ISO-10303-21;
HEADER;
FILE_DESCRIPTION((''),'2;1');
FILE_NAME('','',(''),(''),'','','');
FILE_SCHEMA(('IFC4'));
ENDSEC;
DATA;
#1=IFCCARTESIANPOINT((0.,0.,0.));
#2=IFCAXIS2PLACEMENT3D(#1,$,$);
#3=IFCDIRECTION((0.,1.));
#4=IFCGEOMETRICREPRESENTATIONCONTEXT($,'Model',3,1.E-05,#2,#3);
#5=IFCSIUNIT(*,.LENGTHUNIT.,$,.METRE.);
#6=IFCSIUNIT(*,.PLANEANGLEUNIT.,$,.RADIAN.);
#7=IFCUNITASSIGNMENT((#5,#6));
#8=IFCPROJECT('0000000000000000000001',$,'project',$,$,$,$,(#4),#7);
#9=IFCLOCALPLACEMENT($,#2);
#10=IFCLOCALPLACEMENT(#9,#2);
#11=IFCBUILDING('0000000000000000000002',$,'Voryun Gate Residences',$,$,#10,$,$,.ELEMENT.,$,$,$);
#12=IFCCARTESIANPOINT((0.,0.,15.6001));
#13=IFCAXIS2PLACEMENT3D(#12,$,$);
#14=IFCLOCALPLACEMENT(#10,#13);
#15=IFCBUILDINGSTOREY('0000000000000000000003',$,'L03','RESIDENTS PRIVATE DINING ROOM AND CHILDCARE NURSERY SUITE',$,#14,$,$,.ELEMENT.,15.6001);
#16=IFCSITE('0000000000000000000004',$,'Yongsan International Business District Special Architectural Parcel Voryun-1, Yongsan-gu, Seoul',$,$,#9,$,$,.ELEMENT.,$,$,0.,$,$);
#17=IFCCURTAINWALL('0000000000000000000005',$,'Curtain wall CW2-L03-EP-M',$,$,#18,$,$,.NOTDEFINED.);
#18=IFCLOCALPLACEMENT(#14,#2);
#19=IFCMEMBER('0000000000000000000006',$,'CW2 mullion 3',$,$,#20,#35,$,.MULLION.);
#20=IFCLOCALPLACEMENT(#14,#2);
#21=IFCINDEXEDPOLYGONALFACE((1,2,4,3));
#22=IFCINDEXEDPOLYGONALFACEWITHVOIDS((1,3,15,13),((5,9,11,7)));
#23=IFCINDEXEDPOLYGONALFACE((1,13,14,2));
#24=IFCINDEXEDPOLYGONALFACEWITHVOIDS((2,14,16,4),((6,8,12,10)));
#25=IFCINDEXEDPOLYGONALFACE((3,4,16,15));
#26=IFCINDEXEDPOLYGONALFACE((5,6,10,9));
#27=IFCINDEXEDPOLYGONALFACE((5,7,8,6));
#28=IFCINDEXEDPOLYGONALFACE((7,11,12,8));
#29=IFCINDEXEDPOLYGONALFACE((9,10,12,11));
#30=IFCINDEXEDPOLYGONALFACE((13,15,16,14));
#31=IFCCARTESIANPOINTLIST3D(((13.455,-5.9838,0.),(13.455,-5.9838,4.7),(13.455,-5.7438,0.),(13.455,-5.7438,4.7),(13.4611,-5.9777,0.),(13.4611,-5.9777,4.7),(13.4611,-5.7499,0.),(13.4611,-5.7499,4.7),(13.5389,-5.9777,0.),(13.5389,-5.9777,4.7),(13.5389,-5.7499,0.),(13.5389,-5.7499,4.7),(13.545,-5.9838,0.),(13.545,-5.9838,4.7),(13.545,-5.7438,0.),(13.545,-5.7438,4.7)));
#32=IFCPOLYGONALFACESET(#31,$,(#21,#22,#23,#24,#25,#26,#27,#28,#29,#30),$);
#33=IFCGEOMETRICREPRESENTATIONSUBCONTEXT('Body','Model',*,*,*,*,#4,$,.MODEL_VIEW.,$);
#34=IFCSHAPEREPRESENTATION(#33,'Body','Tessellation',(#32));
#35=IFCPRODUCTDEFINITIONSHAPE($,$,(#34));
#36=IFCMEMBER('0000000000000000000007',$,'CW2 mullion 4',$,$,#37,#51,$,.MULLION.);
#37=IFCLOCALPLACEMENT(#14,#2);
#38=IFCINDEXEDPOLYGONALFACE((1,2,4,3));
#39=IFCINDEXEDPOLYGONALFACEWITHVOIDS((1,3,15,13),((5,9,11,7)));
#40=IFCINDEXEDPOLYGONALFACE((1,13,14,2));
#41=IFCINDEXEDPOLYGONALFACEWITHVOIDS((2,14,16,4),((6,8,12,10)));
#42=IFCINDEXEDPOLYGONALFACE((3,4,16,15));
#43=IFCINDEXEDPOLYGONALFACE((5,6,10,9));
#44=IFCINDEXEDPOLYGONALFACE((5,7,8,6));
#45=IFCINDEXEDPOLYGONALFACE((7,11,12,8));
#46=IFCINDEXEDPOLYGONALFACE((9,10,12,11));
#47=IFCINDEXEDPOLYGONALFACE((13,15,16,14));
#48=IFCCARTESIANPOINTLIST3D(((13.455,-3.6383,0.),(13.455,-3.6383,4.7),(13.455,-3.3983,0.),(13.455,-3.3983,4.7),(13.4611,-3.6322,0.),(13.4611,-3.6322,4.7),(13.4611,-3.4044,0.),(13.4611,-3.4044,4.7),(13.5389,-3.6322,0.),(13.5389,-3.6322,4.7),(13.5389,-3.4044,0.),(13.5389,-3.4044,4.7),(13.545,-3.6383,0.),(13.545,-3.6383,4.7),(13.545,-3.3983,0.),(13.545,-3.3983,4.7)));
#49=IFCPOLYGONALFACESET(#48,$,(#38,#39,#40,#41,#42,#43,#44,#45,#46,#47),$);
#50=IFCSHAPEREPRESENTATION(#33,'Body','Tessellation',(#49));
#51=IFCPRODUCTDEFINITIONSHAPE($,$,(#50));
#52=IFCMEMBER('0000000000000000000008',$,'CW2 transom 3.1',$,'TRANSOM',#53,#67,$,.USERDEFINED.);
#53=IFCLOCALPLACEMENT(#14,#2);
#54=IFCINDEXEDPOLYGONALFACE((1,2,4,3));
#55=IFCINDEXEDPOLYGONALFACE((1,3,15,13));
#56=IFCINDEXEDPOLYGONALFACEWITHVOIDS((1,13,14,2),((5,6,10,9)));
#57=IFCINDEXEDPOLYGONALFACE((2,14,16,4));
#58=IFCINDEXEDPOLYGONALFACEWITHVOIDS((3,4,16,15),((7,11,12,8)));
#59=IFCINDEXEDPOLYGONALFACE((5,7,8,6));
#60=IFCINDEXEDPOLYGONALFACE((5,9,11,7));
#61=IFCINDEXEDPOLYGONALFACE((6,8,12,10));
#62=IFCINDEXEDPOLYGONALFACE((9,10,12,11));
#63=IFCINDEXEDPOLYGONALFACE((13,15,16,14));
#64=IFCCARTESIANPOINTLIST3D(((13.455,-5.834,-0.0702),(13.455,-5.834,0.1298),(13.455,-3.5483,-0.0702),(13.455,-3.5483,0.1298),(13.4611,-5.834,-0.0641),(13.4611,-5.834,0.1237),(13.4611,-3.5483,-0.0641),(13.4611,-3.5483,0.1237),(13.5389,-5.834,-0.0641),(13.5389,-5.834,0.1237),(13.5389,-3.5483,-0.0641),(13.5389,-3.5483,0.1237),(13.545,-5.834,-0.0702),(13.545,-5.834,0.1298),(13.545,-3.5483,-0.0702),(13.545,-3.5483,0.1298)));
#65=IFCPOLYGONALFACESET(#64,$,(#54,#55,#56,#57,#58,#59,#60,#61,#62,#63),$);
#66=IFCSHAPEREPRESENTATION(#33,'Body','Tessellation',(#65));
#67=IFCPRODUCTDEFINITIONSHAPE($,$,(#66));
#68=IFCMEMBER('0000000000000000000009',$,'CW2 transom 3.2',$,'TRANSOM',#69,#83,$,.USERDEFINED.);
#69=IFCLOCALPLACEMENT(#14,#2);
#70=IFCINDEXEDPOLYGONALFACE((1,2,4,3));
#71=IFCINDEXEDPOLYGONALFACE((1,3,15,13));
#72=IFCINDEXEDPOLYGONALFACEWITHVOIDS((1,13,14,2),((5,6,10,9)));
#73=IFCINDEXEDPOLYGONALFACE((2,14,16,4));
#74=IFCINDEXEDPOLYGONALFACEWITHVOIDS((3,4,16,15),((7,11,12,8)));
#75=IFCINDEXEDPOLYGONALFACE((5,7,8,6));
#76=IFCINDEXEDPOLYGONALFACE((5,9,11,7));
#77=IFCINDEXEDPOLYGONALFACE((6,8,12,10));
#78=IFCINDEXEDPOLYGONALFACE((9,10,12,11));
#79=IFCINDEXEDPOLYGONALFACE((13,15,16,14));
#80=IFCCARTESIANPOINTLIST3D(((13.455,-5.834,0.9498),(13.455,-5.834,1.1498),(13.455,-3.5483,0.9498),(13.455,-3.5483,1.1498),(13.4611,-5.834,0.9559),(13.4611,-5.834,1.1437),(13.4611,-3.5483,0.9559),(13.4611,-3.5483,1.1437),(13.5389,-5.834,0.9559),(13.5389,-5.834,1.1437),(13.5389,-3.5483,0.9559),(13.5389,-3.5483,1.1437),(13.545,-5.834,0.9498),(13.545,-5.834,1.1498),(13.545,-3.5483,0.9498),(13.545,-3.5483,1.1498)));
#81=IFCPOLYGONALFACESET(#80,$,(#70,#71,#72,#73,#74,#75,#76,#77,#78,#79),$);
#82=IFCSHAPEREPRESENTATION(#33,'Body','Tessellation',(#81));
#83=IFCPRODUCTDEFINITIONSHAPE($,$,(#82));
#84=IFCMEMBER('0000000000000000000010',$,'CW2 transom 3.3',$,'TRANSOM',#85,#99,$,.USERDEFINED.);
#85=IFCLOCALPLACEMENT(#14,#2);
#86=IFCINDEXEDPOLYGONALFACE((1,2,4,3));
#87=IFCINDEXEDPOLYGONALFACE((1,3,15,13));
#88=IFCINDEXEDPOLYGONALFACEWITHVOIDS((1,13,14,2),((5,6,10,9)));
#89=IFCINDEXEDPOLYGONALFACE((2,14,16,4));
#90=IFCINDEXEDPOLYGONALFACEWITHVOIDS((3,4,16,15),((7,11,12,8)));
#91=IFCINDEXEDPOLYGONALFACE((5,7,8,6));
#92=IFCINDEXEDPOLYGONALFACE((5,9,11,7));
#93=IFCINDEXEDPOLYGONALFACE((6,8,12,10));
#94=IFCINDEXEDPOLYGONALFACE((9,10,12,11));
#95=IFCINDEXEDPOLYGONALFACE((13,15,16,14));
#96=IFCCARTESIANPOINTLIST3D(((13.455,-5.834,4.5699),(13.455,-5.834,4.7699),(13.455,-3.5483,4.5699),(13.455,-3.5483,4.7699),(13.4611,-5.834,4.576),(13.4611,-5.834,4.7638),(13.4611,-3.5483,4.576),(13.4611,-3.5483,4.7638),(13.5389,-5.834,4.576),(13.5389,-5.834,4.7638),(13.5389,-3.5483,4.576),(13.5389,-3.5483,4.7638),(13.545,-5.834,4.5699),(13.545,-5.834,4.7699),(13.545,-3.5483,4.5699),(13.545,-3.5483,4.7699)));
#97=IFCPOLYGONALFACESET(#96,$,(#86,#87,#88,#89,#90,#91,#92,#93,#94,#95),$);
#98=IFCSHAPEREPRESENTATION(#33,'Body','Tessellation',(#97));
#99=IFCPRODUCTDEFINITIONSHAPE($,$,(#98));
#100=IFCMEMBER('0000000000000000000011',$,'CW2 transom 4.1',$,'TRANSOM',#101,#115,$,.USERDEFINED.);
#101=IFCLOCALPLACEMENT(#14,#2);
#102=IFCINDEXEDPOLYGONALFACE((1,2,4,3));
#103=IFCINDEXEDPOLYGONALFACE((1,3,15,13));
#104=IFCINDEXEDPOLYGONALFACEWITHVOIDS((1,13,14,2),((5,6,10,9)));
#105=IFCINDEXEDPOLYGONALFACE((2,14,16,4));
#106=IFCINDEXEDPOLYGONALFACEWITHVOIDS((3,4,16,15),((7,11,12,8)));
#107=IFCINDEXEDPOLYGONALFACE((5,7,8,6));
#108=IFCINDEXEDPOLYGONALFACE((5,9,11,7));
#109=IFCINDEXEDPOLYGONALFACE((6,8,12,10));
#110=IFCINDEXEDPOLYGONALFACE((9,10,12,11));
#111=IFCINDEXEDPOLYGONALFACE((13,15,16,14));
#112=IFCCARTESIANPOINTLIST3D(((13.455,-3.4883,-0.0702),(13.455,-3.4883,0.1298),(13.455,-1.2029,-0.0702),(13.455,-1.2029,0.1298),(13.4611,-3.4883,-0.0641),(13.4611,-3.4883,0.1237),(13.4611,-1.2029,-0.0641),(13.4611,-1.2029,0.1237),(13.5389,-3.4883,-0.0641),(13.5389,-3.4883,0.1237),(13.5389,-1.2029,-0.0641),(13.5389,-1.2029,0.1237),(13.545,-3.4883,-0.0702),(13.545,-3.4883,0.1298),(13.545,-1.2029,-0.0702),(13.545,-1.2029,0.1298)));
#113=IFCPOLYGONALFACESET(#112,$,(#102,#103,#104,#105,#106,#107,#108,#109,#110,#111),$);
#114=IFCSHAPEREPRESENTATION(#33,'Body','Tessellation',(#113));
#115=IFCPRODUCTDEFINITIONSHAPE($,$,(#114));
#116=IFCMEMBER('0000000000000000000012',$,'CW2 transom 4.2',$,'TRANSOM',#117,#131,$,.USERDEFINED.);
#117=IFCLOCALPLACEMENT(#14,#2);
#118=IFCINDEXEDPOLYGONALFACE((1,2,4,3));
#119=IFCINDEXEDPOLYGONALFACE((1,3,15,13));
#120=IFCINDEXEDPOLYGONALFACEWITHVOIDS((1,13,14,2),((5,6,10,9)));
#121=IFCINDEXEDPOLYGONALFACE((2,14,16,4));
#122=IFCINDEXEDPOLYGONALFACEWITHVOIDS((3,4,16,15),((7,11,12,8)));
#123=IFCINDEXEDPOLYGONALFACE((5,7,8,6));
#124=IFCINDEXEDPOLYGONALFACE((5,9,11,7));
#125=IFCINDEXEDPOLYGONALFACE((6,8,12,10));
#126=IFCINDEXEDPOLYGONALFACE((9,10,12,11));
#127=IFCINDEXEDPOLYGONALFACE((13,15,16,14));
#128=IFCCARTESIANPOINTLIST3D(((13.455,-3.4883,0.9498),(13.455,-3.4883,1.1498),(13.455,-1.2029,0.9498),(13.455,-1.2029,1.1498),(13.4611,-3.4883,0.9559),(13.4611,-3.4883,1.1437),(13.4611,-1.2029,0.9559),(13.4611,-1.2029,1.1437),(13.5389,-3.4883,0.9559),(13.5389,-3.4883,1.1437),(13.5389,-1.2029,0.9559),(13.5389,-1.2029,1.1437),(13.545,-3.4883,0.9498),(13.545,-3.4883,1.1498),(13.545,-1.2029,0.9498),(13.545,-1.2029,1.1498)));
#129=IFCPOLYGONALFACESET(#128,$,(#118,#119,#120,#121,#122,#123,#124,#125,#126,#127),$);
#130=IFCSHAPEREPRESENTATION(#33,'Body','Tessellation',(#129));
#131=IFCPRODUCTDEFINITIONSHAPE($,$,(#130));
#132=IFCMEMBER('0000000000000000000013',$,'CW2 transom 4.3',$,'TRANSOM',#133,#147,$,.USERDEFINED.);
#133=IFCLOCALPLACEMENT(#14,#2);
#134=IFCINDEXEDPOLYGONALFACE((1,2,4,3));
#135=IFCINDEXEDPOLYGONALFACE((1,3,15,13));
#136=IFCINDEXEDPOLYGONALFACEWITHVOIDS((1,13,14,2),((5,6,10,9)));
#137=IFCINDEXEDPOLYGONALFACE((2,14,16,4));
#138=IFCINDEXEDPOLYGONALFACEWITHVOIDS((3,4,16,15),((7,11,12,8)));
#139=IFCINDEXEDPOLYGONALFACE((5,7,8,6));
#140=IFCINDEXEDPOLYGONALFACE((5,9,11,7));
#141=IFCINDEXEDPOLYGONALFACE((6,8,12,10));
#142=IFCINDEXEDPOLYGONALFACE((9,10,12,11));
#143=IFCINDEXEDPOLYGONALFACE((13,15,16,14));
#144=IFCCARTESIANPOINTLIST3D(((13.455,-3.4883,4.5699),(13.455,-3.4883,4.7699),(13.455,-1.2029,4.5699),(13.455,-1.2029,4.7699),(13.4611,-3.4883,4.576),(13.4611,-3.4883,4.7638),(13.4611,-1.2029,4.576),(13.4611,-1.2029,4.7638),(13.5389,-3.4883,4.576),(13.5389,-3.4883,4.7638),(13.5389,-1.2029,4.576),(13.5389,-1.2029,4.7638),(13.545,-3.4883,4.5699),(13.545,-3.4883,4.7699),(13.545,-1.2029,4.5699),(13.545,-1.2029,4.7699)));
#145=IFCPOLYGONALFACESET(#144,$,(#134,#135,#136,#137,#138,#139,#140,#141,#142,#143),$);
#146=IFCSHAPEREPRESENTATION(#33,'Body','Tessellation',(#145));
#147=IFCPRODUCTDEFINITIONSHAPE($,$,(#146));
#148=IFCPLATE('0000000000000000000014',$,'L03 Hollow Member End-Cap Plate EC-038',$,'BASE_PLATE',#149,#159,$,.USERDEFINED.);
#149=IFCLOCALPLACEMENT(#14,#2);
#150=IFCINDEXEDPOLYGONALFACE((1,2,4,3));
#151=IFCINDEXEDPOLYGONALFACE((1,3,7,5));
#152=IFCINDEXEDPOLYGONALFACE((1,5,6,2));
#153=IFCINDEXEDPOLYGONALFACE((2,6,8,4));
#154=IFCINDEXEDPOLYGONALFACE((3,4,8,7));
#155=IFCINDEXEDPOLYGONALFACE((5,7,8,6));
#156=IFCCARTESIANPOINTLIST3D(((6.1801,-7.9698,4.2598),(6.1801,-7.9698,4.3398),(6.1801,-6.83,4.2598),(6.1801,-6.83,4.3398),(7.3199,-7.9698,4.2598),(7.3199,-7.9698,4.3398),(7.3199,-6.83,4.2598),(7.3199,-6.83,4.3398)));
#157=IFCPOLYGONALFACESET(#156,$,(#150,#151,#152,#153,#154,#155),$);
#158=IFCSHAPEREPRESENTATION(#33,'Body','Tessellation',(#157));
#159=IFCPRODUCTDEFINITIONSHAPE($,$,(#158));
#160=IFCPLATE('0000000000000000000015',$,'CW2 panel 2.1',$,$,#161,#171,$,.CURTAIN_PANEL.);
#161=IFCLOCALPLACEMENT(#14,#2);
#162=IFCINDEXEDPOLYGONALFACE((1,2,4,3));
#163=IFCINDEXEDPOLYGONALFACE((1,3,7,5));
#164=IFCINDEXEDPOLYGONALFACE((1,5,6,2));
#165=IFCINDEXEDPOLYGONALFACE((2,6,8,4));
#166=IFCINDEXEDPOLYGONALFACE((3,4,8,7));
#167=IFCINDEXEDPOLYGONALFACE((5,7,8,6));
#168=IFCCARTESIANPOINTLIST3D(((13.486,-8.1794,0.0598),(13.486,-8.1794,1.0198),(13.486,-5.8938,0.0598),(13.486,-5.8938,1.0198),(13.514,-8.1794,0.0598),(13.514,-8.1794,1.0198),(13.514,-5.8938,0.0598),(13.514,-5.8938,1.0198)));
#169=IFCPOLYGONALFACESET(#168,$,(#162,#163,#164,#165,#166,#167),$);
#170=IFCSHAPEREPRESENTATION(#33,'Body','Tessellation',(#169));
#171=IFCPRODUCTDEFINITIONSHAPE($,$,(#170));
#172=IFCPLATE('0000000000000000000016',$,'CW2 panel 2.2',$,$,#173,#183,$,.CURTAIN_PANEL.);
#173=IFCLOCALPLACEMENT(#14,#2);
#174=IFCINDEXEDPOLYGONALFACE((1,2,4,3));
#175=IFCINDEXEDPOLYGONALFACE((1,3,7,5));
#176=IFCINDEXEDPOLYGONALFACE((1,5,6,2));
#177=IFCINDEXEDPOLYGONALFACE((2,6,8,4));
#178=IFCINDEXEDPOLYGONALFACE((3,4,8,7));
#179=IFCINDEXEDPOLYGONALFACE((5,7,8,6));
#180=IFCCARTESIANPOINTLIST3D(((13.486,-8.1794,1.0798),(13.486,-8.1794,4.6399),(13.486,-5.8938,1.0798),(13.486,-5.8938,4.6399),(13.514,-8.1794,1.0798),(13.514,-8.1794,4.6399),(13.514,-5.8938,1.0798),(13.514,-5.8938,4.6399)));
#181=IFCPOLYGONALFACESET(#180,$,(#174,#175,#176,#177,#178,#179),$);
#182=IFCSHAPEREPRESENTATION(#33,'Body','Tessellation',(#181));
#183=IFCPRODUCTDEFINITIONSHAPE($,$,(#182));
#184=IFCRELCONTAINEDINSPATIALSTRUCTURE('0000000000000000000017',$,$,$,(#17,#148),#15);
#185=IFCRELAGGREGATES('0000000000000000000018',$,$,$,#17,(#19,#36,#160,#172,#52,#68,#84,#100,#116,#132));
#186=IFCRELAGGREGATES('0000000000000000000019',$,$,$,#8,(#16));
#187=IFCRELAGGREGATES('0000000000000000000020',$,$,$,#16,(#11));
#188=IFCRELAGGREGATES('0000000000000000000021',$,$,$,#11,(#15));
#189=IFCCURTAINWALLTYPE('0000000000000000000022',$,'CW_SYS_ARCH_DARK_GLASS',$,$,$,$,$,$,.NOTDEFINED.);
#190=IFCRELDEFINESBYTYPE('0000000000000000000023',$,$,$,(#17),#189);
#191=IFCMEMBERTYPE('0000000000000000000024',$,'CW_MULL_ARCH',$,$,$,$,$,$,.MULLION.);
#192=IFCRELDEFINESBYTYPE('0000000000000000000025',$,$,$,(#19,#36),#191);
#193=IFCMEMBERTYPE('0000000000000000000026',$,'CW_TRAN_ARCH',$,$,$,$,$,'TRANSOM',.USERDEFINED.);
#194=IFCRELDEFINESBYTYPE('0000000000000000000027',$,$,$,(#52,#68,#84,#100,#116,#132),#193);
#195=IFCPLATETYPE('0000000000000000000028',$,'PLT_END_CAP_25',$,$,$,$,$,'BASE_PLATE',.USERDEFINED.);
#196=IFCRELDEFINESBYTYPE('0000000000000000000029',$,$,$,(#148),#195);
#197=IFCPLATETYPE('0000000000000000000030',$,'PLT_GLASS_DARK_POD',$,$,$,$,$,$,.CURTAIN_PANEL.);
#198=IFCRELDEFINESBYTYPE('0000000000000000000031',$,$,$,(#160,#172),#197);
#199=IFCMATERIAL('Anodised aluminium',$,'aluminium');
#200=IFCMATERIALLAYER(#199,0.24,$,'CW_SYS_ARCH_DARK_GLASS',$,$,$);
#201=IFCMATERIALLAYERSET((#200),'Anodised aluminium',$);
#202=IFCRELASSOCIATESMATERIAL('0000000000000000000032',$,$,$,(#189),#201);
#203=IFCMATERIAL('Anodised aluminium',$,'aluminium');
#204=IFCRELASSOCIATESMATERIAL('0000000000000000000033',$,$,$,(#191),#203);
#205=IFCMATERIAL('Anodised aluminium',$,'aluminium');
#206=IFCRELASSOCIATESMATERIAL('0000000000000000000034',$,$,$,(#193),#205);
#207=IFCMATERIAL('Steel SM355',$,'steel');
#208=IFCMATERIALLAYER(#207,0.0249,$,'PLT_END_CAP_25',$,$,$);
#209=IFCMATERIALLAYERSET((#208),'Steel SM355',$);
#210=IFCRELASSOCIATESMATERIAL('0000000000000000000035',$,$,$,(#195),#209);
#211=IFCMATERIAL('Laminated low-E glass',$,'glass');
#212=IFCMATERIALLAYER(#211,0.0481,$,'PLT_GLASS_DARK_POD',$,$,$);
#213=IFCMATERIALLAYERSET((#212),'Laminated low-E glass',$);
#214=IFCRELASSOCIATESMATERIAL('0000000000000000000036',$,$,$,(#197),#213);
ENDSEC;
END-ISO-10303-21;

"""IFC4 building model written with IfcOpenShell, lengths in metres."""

from ifc_helpers import new_model, si_unit, direction, frame, origin, origin_2d, place, context, subcontext, project, spatial, rectangle, hollow_rectangle, extrude, material, layer, layer_set, material_profile, profile_set, type_object, element, aggregate, save


model = new_model("IFC4")

# Units and contexts
model_context = context("Model", 3, precision=1e-05, world=origin(), true_north=direction((0.0, 1.0)))
body_context = subcontext(model_context, "Body", "Model", "MODEL_VIEW")
ifc_project = project(units=[si_unit("LENGTHUNIT", "METRE"), si_unit("PLANEANGLEUNIT", "RADIAN")], contexts=[model_context])

# Site, building, storey
site_placement = place(None, origin())
site = spatial("IfcSite", under=ifc_project, at=site_placement, Name="Yongsan International Business District Special Architectural Parcel Voryun-1, Yongsan-gu, Seoul", CompositionType="ELEMENT", RefElevation=0.0)
building_placement = place(site_placement, origin())
building = spatial("IfcBuilding", under=site, at=building_placement, Name="Voryun Gate Residences", CompositionType="ELEMENT")
storey_placement = place(building_placement, frame((0.0, 0.0, 15.6001)))
storey = spatial("IfcBuildingStorey", under=building, at=storey_placement, Name="L03", Description="RESIDENTS PRIVATE DINING ROOM AND CHILDCARE NURSERY SUITE", CompositionType="ELEMENT", Elevation=15.6001)

# Curtain wall, members
ifc_material_1 = material(Name="Anodised aluminium", Category="aluminium")
ifc_layer_1 = layer(ifc_material_1, 0.24, Name="CW_SYS_ARCH_DARK_GLASS")
ifc_layer_set_1 = layer_set([ifc_layer_1], Name="Anodised aluminium")
curtain_wall_type = type_object("IfcCurtainWallType", Name="CW_SYS_ARCH_DARK_GLASS", PredefinedType="NOTDEFINED", material=ifc_layer_set_1)
curtain_wall_placement = place(storey_placement, origin())
curtain_wall = element("IfcCurtainWall", 1, at=curtain_wall_placement, inside=storey, type_object=curtain_wall_type, Name="Curtain wall CW2-L03-EP-M", PredefinedType="NOTDEFINED")
ifc_material_2 = material(Name="Anodised aluminium", Category="aluminium")
ifc_material_profile_1 = material_profile(ifc_material_2, hollow_rectangle(XDim=0.0901, YDim=0.24, WallThickness=0.0061, at=origin_2d()), Name="ALU-MULL-240x90x6")
ifc_profile_set_1 = profile_set([ifc_material_profile_1], Name="Anodised aluminium")
member_type_1 = type_object("IfcMemberType", Name="CW_MULL_ARCH", PredefinedType="MULLION", material=ifc_profile_set_1)
member_1_placement = place(storey_placement, frame((13.5, -5.8638, 0.0), z_axis=(0.0, 0.0, 1.0), x_axis=(-1.0, 0.0, 0.0)))
member_1 = element("IfcMember", 2, at=member_1_placement, type_object=member_type_1, Name="CW2 mullion 3", PredefinedType="MULLION", context=body_context, shape_type="SweptSolid", body=[
    extrude(hollow_rectangle(XDim=0.0901, YDim=0.24, WallThickness=0.0061, at=origin_2d()), origin(), (0.0, 0.0, 1.0), 4.7),
])
member_2_placement = place(storey_placement, frame((13.5, -3.5183, 0.0), z_axis=(0.0, 0.0, 1.0), x_axis=(-1.0, 0.0, 0.0)))
member_2 = element("IfcMember", 3, at=member_2_placement, type_object=member_type_1, Name="CW2 mullion 4", PredefinedType="MULLION", context=body_context, shape_type="SweptSolid", body=[
    extrude(hollow_rectangle(XDim=0.0901, YDim=0.24, WallThickness=0.0061, at=origin_2d()), origin(), (0.0, 0.0, 1.0), 4.7),
])
ifc_material_3 = material(Name="Anodised aluminium", Category="aluminium")
ifc_material_profile_2 = material_profile(ifc_material_3, hollow_rectangle(XDim=0.0901, YDim=0.2, WallThickness=0.0061, at=origin_2d()), Name="ALU-TRAN-200x90x6")
ifc_profile_set_2 = profile_set([ifc_material_profile_2], Name="Anodised aluminium")
member_type_2 = type_object("IfcMemberType", Name="CW_TRAN_ARCH", ElementType="TRANSOM", PredefinedType="USERDEFINED", material=ifc_profile_set_2)
member_3_placement = place(storey_placement, frame((13.5, -5.834, 0.0298), z_axis=(0.0, 1.0, 0.0), x_axis=(-1.0, 0.0, 0.0)))
member_3 = element("IfcMember", 4, at=member_3_placement, type_object=member_type_2, Name="CW2 transom 3.1", ObjectType="TRANSOM", PredefinedType="USERDEFINED", context=body_context, shape_type="SweptSolid", body=[
    extrude(hollow_rectangle(XDim=0.0901, YDim=0.2, WallThickness=0.0061, at=origin_2d()), origin(), (0.0, 0.0, 1.0), 2.2856),
])
member_4_placement = place(storey_placement, frame((13.5, -5.834, 1.0498), z_axis=(0.0, 1.0, 0.0), x_axis=(-1.0, 0.0, 0.0)))
member_4 = element("IfcMember", 5, at=member_4_placement, type_object=member_type_2, Name="CW2 transom 3.2", ObjectType="TRANSOM", PredefinedType="USERDEFINED", context=body_context, shape_type="SweptSolid", body=[
    extrude(hollow_rectangle(XDim=0.0901, YDim=0.2, WallThickness=0.0061, at=origin_2d()), origin(), (0.0, 0.0, 1.0), 2.2856),
])
member_5_placement = place(storey_placement, frame((13.5, -5.834, 4.6699), z_axis=(0.0, 1.0, 0.0), x_axis=(-1.0, 0.0, 0.0)))
member_5 = element("IfcMember", 6, at=member_5_placement, type_object=member_type_2, Name="CW2 transom 3.3", ObjectType="TRANSOM", PredefinedType="USERDEFINED", context=body_context, shape_type="SweptSolid", body=[
    extrude(hollow_rectangle(XDim=0.0901, YDim=0.2, WallThickness=0.0061, at=origin_2d()), origin(), (0.0, 0.0, 1.0), 2.2856),
])
member_6_placement = place(storey_placement, frame((13.5, -3.4883, 0.0298), z_axis=(0.0, 1.0, 0.0), x_axis=(-1.0, 0.0, 0.0)))
member_6 = element("IfcMember", 7, at=member_6_placement, type_object=member_type_2, Name="CW2 transom 4.1", ObjectType="TRANSOM", PredefinedType="USERDEFINED", context=body_context, shape_type="SweptSolid", body=[
    extrude(hollow_rectangle(XDim=0.0901, YDim=0.2, WallThickness=0.0061, at=origin_2d()), origin(), (0.0, 0.0, 1.0), 2.2854),
])
member_7_placement = place(storey_placement, frame((13.5, -3.4883, 1.0498), z_axis=(0.0, 1.0, 0.0), x_axis=(-1.0, 0.0, 0.0)))
member_7 = element("IfcMember", 8, at=member_7_placement, type_object=member_type_2, Name="CW2 transom 4.2", ObjectType="TRANSOM", PredefinedType="USERDEFINED", context=body_context, shape_type="SweptSolid", body=[
    extrude(hollow_rectangle(XDim=0.0901, YDim=0.2, WallThickness=0.0061, at=origin_2d()), origin(), (0.0, 0.0, 1.0), 2.2854),
])
member_8_placement = place(storey_placement, frame((13.5, -3.4883, 4.6699), z_axis=(0.0, 1.0, 0.0), x_axis=(-1.0, 0.0, 0.0)))
member_8 = element("IfcMember", 9, at=member_8_placement, type_object=member_type_2, Name="CW2 transom 4.3", ObjectType="TRANSOM", PredefinedType="USERDEFINED", context=body_context, shape_type="SweptSolid", body=[
    extrude(hollow_rectangle(XDim=0.0901, YDim=0.2, WallThickness=0.0061, at=origin_2d()), origin(), (0.0, 0.0, 1.0), 2.2854),
])

# Plates
ifc_material_4 = material(Name="Steel SM355", Category="steel")
ifc_layer_2 = layer(ifc_material_4, 0.0249, Name="PLT_END_CAP_25")
ifc_layer_set_2 = layer_set([ifc_layer_2], Name="Steel SM355")
plate_type_1 = type_object("IfcPlateType", Name="PLT_END_CAP_25", ElementType="BASE_PLATE", PredefinedType="USERDEFINED", material=ifc_layer_set_2)
plate_1_placement = place(storey_placement, frame((6.75, -7.3999, 4.2598), z_axis=(0.0, 0.0, 1.0), x_axis=(1.0, 0.0, 0.0)))
element("IfcPlate", 10, at=plate_1_placement, inside=storey, type_object=plate_type_1, Name="L03 Hollow Member End-Cap Plate EC-038", ObjectType="BASE_PLATE", PredefinedType="USERDEFINED", context=body_context, shape_type="SweptSolid", body=[
    extrude(rectangle(XDim=1.1399, YDim=1.1399, at=origin_2d()), origin(), (0.0, 0.0, 1.0), 0.0801),
])
ifc_material_5 = material(Name="Laminated low-E glass", Category="glass")
ifc_layer_3 = layer(ifc_material_5, 0.0481, Name="PLT_GLASS_DARK_POD")
ifc_layer_set_3 = layer_set([ifc_layer_3], Name="Laminated low-E glass")
plate_type_2 = type_object("IfcPlateType", Name="PLT_GLASS_DARK_POD", PredefinedType="CURTAIN_PANEL", material=ifc_layer_set_3)
plate_2_placement = place(storey_placement, frame((13.5, -7.0366, 0.0598), z_axis=(0.0, 0.0, 1.0), x_axis=(0.0, 1.0, 0.0)))
plate_2 = element("IfcPlate", 11, at=plate_2_placement, type_object=plate_type_2, Name="CW2 panel 2.1", PredefinedType="CURTAIN_PANEL", context=body_context, shape_type="SweptSolid", body=[
    extrude(rectangle(XDim=2.2856, YDim=0.0281, at=origin_2d()), origin(), (0.0, 0.0, 1.0), 0.96),
])
plate_3_placement = place(storey_placement, frame((13.5, -7.0366, 1.0798), z_axis=(0.0, 0.0, 1.0), x_axis=(0.0, 1.0, 0.0)))
plate_3 = element("IfcPlate", 12, at=plate_3_placement, type_object=plate_type_2, Name="CW2 panel 2.2", PredefinedType="CURTAIN_PANEL", context=body_context, shape_type="SweptSolid", body=[
    extrude(rectangle(XDim=2.2856, YDim=0.0281, at=origin_2d()), origin(), (0.0, 0.0, 1.0), 3.5601),
])
aggregate(curtain_wall, [member_1, member_2, plate_2, plate_3, member_3, member_4, member_5, member_6, member_7, member_8])

save(model, "model.ifc")
